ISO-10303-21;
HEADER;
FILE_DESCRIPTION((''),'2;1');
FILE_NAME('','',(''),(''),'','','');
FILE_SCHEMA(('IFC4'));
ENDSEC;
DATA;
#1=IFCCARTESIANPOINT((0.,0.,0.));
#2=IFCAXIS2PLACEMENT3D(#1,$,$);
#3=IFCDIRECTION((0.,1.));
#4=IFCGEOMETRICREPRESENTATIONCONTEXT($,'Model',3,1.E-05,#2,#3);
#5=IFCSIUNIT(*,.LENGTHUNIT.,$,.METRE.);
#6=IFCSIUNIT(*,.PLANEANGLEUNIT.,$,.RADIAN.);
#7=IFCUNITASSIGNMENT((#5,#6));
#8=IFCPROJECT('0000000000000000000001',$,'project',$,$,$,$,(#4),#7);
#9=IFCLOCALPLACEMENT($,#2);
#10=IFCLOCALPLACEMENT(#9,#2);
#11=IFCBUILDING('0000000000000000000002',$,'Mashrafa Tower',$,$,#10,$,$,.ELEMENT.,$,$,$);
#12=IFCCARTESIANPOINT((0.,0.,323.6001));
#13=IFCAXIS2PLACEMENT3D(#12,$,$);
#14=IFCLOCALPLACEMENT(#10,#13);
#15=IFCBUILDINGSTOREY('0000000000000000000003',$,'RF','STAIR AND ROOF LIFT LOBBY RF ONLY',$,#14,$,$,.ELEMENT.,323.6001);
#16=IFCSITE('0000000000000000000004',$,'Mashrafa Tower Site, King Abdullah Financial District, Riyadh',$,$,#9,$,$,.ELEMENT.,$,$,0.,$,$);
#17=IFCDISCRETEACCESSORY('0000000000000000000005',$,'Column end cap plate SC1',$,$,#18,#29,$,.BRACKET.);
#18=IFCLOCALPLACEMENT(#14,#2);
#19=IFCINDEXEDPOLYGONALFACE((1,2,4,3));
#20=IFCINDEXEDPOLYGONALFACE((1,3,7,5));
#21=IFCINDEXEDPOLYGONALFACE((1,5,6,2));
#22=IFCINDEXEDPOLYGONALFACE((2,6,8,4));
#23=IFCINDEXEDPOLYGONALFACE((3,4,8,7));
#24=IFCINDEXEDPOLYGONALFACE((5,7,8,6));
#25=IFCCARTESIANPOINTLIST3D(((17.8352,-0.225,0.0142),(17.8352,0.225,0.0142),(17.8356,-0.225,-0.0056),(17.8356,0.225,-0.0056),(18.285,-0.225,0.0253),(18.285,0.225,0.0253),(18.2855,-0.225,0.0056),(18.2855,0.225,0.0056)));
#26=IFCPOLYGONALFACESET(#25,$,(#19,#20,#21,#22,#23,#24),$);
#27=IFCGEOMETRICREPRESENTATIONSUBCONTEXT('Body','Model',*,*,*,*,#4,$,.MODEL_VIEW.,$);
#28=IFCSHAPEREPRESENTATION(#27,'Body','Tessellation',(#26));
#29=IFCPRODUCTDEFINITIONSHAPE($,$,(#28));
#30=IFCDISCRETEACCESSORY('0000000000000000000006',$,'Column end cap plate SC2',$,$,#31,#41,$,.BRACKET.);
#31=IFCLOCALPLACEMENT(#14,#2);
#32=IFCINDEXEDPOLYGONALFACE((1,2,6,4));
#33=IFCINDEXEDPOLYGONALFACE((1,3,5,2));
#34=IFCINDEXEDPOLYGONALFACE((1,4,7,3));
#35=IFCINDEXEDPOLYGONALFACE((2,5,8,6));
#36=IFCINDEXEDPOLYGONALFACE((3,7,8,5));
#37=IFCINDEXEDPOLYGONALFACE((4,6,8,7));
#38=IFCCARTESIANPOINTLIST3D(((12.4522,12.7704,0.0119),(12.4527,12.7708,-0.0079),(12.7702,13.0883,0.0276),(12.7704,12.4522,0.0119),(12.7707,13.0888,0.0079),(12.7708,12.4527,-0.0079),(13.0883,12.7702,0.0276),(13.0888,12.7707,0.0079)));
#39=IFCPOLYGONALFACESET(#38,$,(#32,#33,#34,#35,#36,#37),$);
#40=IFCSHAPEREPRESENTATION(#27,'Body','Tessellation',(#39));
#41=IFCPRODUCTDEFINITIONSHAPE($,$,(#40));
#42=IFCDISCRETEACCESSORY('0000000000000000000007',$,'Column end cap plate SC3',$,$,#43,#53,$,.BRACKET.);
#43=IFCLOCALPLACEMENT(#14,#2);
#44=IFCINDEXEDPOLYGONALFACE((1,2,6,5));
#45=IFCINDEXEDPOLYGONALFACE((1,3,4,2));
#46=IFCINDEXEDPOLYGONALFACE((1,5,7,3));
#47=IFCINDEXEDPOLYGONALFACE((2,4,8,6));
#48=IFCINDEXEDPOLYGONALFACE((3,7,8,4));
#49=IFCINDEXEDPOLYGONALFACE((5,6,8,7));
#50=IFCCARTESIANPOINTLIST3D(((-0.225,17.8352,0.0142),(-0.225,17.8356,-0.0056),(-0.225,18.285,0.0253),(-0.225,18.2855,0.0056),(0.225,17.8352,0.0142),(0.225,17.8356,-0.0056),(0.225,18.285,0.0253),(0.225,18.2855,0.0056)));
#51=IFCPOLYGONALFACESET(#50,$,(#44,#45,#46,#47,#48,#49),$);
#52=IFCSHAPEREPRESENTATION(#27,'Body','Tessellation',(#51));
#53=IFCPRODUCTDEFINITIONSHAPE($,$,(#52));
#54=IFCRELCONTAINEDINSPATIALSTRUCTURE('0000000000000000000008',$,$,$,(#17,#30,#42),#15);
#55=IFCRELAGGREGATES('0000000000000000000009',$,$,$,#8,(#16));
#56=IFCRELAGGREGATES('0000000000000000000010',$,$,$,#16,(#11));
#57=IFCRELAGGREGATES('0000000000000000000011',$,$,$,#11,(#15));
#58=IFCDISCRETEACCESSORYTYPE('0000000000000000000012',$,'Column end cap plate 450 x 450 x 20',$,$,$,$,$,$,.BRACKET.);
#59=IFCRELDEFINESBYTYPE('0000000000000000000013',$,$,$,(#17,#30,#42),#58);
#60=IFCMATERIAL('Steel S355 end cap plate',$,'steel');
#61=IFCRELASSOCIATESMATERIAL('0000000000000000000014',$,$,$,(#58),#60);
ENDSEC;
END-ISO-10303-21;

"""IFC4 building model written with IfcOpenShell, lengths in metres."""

from ifc_helpers import new_model, si_unit, direction, frame, origin, origin_2d, place, context, subcontext, project, spatial, rectangle, extrude, material, type_object, element, save


model = new_model("IFC4")

# Units and contexts
model_context = context("Model", 3, precision=1e-05, world=origin(), true_north=direction((0.0, 1.0)))
body_context = subcontext(model_context, "Body", "Model", "MODEL_VIEW")
ifc_project = project(units=[si_unit("LENGTHUNIT", "METRE"), si_unit("PLANEANGLEUNIT", "RADIAN")], contexts=[model_context])

# Site, building, storey
site_placement = place(None, origin())
site = spatial("IfcSite", under=ifc_project, at=site_placement, Name="Mashrafa Tower Site, King Abdullah Financial District, Riyadh", CompositionType="ELEMENT", RefElevation=0.0)
building_placement = place(site_placement, origin())
building = spatial("IfcBuilding", under=site, at=building_placement, Name="Mashrafa Tower", CompositionType="ELEMENT")
storey_placement = place(building_placement, frame((0.0, 0.0, 323.6001)))
storey = spatial("IfcBuildingStorey", under=building, at=storey_placement, Name="RF", Description="STAIR AND ROOF LIFT LOBBY RF ONLY", CompositionType="ELEMENT", Elevation=323.6001)

# Discrete accessories
ifc_material_1 = material(Name="Steel S355 end cap plate", Category="steel")
discrete_accessory_type = type_object("IfcDiscreteAccessoryType", Name="Column end cap plate 450 x 450 x 20", PredefinedType="BRACKET", material=ifc_material_1)
for number, where, z_axis, x_axis, name in (
    (1, (18.0605, 0.0, 0.0), (-0.024684, 0.0, 0.999695), (0.0, -1.0, 0.0), "Column end cap plate SC1"),
    (2, (12.7708, 12.7708, 0.0), (-0.024676, -0.024676, 0.999391), (0.707107, -0.707107, 0.0), "Column end cap plate SC2"),
    (3, (0.0, 18.0605, 0.0), (0.0, -0.024684, 0.999695), (1.0, 0.0, 0.0), "Column end cap plate SC3"),
):
    element("IfcDiscreteAccessory", number, at=place(storey_placement, frame(where, z_axis=z_axis, x_axis=x_axis)), inside=storey, type_object=discrete_accessory_type, Name=name, PredefinedType="BRACKET", context=body_context, shape_type="SweptSolid", body=[
        extrude(rectangle(XDim=0.45, YDim=0.45, at=origin_2d()), origin(), (0.0, 0.0, 1.0), 0.0198),
    ])

save(model, "model.ifc")
